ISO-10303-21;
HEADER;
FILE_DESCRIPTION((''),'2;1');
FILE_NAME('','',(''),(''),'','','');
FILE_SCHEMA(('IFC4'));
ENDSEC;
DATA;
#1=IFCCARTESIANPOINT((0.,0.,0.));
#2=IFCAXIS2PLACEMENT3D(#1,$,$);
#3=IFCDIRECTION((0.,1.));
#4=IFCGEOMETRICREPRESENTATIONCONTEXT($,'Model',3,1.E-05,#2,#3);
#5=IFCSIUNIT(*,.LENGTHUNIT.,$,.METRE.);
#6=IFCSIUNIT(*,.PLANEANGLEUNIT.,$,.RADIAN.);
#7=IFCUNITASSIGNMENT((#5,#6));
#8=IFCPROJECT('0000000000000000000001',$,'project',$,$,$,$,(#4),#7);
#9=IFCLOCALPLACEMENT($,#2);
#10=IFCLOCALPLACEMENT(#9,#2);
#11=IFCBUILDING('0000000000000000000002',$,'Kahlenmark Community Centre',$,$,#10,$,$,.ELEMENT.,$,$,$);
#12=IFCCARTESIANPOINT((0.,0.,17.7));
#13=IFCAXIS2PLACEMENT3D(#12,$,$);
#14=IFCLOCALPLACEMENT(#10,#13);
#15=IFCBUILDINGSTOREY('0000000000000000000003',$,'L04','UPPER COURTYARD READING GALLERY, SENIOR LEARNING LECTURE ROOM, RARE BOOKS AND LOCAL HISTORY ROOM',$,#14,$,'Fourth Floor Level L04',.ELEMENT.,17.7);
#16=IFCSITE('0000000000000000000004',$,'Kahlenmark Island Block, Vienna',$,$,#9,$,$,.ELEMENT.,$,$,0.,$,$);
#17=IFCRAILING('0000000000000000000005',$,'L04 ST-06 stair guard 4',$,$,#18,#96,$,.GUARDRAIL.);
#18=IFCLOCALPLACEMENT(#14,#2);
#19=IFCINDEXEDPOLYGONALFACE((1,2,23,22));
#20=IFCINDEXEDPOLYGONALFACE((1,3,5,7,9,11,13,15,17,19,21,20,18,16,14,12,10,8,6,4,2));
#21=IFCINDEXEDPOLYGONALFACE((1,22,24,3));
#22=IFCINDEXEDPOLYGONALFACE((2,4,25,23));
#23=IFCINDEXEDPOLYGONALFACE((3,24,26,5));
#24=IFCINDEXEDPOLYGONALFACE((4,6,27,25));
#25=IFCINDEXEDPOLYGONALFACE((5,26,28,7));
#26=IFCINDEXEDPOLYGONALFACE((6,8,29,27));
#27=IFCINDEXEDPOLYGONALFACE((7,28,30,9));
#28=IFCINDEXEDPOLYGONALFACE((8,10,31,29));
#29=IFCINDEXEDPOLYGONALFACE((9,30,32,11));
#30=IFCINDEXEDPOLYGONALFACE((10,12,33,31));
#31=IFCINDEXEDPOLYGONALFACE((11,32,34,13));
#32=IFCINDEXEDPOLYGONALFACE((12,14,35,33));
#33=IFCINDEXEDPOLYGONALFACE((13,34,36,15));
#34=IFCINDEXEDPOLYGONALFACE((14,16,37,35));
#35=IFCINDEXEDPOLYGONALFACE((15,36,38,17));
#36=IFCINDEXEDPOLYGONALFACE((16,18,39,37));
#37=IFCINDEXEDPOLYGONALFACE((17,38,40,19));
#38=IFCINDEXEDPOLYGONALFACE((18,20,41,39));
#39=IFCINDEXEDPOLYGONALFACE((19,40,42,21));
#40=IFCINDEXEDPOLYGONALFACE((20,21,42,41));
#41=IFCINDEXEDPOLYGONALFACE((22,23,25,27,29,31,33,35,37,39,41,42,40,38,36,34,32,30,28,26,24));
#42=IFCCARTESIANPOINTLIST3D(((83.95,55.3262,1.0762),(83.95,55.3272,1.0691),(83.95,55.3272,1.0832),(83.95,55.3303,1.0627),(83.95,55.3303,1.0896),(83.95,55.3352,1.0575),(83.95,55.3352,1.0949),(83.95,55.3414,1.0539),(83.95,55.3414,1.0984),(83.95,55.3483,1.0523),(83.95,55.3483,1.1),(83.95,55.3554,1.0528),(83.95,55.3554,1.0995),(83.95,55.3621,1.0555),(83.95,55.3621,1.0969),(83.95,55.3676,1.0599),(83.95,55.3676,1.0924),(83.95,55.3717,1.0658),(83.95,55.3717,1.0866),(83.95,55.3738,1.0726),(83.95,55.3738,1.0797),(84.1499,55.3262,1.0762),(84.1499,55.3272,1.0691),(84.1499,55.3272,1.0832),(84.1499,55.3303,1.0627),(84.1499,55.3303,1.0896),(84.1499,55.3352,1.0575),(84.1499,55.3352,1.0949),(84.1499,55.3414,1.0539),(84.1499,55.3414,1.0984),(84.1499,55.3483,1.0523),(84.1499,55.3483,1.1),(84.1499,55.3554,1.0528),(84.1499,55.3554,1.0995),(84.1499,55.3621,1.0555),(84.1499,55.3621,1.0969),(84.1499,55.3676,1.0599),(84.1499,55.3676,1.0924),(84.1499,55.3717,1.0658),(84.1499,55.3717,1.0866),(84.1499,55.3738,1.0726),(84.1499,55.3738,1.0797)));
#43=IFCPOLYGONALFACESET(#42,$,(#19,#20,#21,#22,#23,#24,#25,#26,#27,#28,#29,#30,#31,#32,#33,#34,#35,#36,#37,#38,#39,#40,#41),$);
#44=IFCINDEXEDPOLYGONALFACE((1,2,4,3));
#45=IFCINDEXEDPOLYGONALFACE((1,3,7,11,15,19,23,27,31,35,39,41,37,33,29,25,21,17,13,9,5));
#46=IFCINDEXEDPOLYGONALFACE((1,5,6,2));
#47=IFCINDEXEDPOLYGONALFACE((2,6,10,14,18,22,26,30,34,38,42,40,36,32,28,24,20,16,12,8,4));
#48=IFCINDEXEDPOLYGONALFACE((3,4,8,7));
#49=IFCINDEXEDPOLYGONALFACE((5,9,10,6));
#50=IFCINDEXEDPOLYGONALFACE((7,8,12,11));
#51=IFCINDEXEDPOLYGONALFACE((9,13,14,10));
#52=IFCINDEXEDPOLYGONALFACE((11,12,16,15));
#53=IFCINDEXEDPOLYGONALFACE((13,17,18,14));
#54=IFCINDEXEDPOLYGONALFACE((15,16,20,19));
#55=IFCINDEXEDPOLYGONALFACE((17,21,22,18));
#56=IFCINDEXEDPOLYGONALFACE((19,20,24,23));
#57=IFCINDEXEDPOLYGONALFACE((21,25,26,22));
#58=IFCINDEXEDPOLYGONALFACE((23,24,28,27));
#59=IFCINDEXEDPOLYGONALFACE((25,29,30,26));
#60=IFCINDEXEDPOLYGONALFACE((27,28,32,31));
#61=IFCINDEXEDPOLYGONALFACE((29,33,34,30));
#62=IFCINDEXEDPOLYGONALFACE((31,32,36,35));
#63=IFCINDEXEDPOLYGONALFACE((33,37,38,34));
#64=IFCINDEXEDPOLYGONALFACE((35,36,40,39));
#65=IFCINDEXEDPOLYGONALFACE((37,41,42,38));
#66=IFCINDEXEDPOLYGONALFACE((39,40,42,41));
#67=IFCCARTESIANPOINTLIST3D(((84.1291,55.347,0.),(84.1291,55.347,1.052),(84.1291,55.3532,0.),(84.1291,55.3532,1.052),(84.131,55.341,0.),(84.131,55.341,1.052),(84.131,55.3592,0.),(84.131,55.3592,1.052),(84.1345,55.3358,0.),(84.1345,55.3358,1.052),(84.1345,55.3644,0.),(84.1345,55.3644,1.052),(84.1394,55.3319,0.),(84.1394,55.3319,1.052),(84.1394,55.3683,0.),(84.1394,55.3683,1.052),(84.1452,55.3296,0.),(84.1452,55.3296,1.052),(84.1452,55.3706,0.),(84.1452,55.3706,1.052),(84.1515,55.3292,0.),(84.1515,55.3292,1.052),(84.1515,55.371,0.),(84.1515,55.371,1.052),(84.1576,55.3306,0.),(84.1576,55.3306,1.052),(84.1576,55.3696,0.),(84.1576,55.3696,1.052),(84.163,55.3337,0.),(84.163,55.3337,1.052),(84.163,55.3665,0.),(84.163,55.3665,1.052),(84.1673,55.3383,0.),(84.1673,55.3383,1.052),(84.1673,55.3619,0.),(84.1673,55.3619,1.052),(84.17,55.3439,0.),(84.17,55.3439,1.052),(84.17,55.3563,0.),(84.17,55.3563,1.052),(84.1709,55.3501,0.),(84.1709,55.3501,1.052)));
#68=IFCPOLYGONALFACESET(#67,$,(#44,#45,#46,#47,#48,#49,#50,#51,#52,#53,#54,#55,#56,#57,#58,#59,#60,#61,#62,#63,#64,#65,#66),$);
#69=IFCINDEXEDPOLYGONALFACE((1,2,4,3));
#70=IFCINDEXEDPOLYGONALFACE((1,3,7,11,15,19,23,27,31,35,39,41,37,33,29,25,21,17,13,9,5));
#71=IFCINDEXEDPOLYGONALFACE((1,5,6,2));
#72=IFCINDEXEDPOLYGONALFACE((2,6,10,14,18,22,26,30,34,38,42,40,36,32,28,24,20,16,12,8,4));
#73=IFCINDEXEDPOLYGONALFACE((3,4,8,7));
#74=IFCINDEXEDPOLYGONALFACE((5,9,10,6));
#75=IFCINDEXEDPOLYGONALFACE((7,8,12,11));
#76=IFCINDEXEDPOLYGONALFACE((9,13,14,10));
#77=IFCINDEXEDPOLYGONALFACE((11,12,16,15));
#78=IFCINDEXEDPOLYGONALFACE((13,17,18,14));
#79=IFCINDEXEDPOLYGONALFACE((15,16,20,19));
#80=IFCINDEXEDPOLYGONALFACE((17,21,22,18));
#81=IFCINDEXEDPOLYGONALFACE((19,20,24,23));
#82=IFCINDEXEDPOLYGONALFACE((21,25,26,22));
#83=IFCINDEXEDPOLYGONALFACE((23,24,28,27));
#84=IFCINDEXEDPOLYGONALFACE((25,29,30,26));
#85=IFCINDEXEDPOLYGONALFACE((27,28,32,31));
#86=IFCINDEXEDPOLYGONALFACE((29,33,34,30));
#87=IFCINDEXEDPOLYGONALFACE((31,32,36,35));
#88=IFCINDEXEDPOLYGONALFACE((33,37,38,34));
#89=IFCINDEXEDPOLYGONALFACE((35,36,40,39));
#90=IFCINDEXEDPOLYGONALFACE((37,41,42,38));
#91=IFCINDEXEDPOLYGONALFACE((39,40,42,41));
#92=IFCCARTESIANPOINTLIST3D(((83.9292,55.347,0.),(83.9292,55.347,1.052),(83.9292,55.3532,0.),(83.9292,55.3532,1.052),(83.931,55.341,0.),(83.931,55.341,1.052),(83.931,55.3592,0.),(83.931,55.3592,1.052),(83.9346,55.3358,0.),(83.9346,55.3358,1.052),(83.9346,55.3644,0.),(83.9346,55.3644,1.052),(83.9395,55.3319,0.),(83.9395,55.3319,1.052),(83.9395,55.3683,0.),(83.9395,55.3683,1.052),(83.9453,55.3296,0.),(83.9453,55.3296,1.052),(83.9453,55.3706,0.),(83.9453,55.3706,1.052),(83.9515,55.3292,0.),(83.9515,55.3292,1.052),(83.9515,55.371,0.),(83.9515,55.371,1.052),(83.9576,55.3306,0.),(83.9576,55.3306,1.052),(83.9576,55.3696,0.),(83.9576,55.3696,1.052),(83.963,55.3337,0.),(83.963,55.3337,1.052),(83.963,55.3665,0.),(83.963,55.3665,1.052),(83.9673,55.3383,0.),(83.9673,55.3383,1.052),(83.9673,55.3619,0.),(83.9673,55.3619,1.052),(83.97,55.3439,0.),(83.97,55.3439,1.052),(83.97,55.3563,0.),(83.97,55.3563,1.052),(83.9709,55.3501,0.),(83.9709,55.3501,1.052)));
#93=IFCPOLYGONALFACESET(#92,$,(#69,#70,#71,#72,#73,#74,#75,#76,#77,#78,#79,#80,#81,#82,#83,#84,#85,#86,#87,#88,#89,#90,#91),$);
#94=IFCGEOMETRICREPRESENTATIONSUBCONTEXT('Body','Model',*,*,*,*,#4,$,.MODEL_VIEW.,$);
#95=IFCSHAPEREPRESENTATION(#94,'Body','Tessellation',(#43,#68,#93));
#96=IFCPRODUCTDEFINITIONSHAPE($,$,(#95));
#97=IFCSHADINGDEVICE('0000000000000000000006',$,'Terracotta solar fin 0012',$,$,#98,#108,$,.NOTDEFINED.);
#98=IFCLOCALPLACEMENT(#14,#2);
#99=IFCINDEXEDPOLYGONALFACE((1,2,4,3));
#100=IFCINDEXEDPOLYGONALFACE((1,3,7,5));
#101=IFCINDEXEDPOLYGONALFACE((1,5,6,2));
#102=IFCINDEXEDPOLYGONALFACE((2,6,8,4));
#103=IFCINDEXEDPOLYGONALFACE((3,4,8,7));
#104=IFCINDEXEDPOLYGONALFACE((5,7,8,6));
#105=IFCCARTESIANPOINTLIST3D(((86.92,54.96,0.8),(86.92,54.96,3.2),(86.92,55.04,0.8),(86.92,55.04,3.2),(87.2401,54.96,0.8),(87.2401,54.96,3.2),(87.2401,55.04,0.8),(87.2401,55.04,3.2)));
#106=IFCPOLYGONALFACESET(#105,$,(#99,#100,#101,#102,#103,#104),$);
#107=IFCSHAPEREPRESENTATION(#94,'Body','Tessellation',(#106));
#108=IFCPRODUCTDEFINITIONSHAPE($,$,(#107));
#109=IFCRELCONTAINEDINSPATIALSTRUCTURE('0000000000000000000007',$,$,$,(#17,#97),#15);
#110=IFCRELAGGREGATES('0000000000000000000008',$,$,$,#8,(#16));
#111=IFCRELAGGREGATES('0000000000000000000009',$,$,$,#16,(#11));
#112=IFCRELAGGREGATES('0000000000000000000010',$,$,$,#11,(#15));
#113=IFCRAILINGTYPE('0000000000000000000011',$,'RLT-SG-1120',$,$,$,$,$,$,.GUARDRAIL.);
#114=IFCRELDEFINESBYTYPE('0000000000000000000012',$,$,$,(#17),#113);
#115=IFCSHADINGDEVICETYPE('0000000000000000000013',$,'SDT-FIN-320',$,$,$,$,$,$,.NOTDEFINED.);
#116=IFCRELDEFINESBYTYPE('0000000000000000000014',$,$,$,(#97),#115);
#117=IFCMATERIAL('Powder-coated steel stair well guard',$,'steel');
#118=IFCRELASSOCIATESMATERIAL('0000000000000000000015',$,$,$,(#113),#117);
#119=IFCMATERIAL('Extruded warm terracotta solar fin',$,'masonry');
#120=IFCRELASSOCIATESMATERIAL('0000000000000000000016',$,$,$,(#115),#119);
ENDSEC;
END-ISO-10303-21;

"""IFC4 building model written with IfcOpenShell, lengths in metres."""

from ifc_helpers import new_model, si_unit, direction, frame, origin, origin_2d, place, context, subcontext, project, spatial, rectangle, circle, extrude, material, type_object, element, save


model = new_model("IFC4")

# Units and contexts
model_context = context("Model", 3, precision=1e-05, world=origin(), true_north=direction((0.0, 1.0)))
body_context = subcontext(model_context, "Body", "Model", "MODEL_VIEW")
ifc_project = project(units=[si_unit("LENGTHUNIT", "METRE"), si_unit("PLANEANGLEUNIT", "RADIAN")], contexts=[model_context])

# Site, building, storey
site_placement = place(None, origin())
site = spatial("IfcSite", under=ifc_project, at=site_placement, Name="Kahlenmark Island Block, Vienna", CompositionType="ELEMENT", RefElevation=0.0)
building_placement = place(site_placement, origin())
building = spatial("IfcBuilding", under=site, at=building_placement, Name="Kahlenmark Community Centre", CompositionType="ELEMENT")
storey_placement = place(building_placement, frame((0.0, 0.0, 17.7)))
storey = spatial("IfcBuildingStorey", under=building, at=storey_placement, Name="L04", Description="UPPER COURTYARD READING GALLERY, SENIOR LEARNING LECTURE ROOM, RARE BOOKS AND LOCAL HISTORY ROOM", LongName="Fourth Floor Level L04", CompositionType="ELEMENT", Elevation=17.7)

# Railing
ifc_material_1 = material(Name="Powder-coated steel stair well guard", Category="steel")
railing_type_1 = type_object("IfcRailingType", Name="RLT-SG-1120", PredefinedType="GUARDRAIL", material=ifc_material_1)
railing_1_placement = place(storey_placement, frame((84.1499, 55.3501, 0.0)))
element("IfcRailing", 1, at=railing_1_placement, inside=storey, type_object=railing_type_1, Name="L04 ST-06 stair guard 4", PredefinedType="GUARDRAIL", context=body_context, shape_type="SweptSolid", body=[
    extrude(circle(Radius=0.0239, at=origin_2d()), frame((0.0, 0.0, 1.0762), z_axis=(-1.0, 0.0, 0.0), x_axis=(0.0, -1.0, 0.0)), (0.0, 0.0, 1.0), 0.2),
    extrude(circle(Radius=0.021, at=origin_2d()), origin(), (0.0, 0.0, 1.0), 1.052),
    extrude(circle(Radius=0.021, at=origin_2d()), frame((-0.2, 0.0, 0.0)), (0.0, 0.0, 1.0), 1.052),
])

# Shading device
ifc_material_2 = material(Name="Extruded warm terracotta solar fin", Category="masonry")
shading_device_type = type_object("IfcShadingDeviceType", Name="SDT-FIN-320", PredefinedType="NOTDEFINED", material=ifc_material_2)
shading_device_placement = place(storey_placement, frame((87.0801, 55.0, 0.8), z_axis=(0.0, 0.0, 1.0), x_axis=(0.0, 1.0, 0.0)))
element("IfcShadingDevice", 2, at=shading_device_placement, inside=storey, type_object=shading_device_type, Name="Terracotta solar fin 0012", PredefinedType="NOTDEFINED", context=body_context, shape_type="SweptSolid", body=[
    extrude(rectangle(XDim=0.0801, YDim=0.3201, at=origin_2d()), origin(), (0.0, 0.0, 1.0), 2.3999),
])

save(model, "model.ifc")
